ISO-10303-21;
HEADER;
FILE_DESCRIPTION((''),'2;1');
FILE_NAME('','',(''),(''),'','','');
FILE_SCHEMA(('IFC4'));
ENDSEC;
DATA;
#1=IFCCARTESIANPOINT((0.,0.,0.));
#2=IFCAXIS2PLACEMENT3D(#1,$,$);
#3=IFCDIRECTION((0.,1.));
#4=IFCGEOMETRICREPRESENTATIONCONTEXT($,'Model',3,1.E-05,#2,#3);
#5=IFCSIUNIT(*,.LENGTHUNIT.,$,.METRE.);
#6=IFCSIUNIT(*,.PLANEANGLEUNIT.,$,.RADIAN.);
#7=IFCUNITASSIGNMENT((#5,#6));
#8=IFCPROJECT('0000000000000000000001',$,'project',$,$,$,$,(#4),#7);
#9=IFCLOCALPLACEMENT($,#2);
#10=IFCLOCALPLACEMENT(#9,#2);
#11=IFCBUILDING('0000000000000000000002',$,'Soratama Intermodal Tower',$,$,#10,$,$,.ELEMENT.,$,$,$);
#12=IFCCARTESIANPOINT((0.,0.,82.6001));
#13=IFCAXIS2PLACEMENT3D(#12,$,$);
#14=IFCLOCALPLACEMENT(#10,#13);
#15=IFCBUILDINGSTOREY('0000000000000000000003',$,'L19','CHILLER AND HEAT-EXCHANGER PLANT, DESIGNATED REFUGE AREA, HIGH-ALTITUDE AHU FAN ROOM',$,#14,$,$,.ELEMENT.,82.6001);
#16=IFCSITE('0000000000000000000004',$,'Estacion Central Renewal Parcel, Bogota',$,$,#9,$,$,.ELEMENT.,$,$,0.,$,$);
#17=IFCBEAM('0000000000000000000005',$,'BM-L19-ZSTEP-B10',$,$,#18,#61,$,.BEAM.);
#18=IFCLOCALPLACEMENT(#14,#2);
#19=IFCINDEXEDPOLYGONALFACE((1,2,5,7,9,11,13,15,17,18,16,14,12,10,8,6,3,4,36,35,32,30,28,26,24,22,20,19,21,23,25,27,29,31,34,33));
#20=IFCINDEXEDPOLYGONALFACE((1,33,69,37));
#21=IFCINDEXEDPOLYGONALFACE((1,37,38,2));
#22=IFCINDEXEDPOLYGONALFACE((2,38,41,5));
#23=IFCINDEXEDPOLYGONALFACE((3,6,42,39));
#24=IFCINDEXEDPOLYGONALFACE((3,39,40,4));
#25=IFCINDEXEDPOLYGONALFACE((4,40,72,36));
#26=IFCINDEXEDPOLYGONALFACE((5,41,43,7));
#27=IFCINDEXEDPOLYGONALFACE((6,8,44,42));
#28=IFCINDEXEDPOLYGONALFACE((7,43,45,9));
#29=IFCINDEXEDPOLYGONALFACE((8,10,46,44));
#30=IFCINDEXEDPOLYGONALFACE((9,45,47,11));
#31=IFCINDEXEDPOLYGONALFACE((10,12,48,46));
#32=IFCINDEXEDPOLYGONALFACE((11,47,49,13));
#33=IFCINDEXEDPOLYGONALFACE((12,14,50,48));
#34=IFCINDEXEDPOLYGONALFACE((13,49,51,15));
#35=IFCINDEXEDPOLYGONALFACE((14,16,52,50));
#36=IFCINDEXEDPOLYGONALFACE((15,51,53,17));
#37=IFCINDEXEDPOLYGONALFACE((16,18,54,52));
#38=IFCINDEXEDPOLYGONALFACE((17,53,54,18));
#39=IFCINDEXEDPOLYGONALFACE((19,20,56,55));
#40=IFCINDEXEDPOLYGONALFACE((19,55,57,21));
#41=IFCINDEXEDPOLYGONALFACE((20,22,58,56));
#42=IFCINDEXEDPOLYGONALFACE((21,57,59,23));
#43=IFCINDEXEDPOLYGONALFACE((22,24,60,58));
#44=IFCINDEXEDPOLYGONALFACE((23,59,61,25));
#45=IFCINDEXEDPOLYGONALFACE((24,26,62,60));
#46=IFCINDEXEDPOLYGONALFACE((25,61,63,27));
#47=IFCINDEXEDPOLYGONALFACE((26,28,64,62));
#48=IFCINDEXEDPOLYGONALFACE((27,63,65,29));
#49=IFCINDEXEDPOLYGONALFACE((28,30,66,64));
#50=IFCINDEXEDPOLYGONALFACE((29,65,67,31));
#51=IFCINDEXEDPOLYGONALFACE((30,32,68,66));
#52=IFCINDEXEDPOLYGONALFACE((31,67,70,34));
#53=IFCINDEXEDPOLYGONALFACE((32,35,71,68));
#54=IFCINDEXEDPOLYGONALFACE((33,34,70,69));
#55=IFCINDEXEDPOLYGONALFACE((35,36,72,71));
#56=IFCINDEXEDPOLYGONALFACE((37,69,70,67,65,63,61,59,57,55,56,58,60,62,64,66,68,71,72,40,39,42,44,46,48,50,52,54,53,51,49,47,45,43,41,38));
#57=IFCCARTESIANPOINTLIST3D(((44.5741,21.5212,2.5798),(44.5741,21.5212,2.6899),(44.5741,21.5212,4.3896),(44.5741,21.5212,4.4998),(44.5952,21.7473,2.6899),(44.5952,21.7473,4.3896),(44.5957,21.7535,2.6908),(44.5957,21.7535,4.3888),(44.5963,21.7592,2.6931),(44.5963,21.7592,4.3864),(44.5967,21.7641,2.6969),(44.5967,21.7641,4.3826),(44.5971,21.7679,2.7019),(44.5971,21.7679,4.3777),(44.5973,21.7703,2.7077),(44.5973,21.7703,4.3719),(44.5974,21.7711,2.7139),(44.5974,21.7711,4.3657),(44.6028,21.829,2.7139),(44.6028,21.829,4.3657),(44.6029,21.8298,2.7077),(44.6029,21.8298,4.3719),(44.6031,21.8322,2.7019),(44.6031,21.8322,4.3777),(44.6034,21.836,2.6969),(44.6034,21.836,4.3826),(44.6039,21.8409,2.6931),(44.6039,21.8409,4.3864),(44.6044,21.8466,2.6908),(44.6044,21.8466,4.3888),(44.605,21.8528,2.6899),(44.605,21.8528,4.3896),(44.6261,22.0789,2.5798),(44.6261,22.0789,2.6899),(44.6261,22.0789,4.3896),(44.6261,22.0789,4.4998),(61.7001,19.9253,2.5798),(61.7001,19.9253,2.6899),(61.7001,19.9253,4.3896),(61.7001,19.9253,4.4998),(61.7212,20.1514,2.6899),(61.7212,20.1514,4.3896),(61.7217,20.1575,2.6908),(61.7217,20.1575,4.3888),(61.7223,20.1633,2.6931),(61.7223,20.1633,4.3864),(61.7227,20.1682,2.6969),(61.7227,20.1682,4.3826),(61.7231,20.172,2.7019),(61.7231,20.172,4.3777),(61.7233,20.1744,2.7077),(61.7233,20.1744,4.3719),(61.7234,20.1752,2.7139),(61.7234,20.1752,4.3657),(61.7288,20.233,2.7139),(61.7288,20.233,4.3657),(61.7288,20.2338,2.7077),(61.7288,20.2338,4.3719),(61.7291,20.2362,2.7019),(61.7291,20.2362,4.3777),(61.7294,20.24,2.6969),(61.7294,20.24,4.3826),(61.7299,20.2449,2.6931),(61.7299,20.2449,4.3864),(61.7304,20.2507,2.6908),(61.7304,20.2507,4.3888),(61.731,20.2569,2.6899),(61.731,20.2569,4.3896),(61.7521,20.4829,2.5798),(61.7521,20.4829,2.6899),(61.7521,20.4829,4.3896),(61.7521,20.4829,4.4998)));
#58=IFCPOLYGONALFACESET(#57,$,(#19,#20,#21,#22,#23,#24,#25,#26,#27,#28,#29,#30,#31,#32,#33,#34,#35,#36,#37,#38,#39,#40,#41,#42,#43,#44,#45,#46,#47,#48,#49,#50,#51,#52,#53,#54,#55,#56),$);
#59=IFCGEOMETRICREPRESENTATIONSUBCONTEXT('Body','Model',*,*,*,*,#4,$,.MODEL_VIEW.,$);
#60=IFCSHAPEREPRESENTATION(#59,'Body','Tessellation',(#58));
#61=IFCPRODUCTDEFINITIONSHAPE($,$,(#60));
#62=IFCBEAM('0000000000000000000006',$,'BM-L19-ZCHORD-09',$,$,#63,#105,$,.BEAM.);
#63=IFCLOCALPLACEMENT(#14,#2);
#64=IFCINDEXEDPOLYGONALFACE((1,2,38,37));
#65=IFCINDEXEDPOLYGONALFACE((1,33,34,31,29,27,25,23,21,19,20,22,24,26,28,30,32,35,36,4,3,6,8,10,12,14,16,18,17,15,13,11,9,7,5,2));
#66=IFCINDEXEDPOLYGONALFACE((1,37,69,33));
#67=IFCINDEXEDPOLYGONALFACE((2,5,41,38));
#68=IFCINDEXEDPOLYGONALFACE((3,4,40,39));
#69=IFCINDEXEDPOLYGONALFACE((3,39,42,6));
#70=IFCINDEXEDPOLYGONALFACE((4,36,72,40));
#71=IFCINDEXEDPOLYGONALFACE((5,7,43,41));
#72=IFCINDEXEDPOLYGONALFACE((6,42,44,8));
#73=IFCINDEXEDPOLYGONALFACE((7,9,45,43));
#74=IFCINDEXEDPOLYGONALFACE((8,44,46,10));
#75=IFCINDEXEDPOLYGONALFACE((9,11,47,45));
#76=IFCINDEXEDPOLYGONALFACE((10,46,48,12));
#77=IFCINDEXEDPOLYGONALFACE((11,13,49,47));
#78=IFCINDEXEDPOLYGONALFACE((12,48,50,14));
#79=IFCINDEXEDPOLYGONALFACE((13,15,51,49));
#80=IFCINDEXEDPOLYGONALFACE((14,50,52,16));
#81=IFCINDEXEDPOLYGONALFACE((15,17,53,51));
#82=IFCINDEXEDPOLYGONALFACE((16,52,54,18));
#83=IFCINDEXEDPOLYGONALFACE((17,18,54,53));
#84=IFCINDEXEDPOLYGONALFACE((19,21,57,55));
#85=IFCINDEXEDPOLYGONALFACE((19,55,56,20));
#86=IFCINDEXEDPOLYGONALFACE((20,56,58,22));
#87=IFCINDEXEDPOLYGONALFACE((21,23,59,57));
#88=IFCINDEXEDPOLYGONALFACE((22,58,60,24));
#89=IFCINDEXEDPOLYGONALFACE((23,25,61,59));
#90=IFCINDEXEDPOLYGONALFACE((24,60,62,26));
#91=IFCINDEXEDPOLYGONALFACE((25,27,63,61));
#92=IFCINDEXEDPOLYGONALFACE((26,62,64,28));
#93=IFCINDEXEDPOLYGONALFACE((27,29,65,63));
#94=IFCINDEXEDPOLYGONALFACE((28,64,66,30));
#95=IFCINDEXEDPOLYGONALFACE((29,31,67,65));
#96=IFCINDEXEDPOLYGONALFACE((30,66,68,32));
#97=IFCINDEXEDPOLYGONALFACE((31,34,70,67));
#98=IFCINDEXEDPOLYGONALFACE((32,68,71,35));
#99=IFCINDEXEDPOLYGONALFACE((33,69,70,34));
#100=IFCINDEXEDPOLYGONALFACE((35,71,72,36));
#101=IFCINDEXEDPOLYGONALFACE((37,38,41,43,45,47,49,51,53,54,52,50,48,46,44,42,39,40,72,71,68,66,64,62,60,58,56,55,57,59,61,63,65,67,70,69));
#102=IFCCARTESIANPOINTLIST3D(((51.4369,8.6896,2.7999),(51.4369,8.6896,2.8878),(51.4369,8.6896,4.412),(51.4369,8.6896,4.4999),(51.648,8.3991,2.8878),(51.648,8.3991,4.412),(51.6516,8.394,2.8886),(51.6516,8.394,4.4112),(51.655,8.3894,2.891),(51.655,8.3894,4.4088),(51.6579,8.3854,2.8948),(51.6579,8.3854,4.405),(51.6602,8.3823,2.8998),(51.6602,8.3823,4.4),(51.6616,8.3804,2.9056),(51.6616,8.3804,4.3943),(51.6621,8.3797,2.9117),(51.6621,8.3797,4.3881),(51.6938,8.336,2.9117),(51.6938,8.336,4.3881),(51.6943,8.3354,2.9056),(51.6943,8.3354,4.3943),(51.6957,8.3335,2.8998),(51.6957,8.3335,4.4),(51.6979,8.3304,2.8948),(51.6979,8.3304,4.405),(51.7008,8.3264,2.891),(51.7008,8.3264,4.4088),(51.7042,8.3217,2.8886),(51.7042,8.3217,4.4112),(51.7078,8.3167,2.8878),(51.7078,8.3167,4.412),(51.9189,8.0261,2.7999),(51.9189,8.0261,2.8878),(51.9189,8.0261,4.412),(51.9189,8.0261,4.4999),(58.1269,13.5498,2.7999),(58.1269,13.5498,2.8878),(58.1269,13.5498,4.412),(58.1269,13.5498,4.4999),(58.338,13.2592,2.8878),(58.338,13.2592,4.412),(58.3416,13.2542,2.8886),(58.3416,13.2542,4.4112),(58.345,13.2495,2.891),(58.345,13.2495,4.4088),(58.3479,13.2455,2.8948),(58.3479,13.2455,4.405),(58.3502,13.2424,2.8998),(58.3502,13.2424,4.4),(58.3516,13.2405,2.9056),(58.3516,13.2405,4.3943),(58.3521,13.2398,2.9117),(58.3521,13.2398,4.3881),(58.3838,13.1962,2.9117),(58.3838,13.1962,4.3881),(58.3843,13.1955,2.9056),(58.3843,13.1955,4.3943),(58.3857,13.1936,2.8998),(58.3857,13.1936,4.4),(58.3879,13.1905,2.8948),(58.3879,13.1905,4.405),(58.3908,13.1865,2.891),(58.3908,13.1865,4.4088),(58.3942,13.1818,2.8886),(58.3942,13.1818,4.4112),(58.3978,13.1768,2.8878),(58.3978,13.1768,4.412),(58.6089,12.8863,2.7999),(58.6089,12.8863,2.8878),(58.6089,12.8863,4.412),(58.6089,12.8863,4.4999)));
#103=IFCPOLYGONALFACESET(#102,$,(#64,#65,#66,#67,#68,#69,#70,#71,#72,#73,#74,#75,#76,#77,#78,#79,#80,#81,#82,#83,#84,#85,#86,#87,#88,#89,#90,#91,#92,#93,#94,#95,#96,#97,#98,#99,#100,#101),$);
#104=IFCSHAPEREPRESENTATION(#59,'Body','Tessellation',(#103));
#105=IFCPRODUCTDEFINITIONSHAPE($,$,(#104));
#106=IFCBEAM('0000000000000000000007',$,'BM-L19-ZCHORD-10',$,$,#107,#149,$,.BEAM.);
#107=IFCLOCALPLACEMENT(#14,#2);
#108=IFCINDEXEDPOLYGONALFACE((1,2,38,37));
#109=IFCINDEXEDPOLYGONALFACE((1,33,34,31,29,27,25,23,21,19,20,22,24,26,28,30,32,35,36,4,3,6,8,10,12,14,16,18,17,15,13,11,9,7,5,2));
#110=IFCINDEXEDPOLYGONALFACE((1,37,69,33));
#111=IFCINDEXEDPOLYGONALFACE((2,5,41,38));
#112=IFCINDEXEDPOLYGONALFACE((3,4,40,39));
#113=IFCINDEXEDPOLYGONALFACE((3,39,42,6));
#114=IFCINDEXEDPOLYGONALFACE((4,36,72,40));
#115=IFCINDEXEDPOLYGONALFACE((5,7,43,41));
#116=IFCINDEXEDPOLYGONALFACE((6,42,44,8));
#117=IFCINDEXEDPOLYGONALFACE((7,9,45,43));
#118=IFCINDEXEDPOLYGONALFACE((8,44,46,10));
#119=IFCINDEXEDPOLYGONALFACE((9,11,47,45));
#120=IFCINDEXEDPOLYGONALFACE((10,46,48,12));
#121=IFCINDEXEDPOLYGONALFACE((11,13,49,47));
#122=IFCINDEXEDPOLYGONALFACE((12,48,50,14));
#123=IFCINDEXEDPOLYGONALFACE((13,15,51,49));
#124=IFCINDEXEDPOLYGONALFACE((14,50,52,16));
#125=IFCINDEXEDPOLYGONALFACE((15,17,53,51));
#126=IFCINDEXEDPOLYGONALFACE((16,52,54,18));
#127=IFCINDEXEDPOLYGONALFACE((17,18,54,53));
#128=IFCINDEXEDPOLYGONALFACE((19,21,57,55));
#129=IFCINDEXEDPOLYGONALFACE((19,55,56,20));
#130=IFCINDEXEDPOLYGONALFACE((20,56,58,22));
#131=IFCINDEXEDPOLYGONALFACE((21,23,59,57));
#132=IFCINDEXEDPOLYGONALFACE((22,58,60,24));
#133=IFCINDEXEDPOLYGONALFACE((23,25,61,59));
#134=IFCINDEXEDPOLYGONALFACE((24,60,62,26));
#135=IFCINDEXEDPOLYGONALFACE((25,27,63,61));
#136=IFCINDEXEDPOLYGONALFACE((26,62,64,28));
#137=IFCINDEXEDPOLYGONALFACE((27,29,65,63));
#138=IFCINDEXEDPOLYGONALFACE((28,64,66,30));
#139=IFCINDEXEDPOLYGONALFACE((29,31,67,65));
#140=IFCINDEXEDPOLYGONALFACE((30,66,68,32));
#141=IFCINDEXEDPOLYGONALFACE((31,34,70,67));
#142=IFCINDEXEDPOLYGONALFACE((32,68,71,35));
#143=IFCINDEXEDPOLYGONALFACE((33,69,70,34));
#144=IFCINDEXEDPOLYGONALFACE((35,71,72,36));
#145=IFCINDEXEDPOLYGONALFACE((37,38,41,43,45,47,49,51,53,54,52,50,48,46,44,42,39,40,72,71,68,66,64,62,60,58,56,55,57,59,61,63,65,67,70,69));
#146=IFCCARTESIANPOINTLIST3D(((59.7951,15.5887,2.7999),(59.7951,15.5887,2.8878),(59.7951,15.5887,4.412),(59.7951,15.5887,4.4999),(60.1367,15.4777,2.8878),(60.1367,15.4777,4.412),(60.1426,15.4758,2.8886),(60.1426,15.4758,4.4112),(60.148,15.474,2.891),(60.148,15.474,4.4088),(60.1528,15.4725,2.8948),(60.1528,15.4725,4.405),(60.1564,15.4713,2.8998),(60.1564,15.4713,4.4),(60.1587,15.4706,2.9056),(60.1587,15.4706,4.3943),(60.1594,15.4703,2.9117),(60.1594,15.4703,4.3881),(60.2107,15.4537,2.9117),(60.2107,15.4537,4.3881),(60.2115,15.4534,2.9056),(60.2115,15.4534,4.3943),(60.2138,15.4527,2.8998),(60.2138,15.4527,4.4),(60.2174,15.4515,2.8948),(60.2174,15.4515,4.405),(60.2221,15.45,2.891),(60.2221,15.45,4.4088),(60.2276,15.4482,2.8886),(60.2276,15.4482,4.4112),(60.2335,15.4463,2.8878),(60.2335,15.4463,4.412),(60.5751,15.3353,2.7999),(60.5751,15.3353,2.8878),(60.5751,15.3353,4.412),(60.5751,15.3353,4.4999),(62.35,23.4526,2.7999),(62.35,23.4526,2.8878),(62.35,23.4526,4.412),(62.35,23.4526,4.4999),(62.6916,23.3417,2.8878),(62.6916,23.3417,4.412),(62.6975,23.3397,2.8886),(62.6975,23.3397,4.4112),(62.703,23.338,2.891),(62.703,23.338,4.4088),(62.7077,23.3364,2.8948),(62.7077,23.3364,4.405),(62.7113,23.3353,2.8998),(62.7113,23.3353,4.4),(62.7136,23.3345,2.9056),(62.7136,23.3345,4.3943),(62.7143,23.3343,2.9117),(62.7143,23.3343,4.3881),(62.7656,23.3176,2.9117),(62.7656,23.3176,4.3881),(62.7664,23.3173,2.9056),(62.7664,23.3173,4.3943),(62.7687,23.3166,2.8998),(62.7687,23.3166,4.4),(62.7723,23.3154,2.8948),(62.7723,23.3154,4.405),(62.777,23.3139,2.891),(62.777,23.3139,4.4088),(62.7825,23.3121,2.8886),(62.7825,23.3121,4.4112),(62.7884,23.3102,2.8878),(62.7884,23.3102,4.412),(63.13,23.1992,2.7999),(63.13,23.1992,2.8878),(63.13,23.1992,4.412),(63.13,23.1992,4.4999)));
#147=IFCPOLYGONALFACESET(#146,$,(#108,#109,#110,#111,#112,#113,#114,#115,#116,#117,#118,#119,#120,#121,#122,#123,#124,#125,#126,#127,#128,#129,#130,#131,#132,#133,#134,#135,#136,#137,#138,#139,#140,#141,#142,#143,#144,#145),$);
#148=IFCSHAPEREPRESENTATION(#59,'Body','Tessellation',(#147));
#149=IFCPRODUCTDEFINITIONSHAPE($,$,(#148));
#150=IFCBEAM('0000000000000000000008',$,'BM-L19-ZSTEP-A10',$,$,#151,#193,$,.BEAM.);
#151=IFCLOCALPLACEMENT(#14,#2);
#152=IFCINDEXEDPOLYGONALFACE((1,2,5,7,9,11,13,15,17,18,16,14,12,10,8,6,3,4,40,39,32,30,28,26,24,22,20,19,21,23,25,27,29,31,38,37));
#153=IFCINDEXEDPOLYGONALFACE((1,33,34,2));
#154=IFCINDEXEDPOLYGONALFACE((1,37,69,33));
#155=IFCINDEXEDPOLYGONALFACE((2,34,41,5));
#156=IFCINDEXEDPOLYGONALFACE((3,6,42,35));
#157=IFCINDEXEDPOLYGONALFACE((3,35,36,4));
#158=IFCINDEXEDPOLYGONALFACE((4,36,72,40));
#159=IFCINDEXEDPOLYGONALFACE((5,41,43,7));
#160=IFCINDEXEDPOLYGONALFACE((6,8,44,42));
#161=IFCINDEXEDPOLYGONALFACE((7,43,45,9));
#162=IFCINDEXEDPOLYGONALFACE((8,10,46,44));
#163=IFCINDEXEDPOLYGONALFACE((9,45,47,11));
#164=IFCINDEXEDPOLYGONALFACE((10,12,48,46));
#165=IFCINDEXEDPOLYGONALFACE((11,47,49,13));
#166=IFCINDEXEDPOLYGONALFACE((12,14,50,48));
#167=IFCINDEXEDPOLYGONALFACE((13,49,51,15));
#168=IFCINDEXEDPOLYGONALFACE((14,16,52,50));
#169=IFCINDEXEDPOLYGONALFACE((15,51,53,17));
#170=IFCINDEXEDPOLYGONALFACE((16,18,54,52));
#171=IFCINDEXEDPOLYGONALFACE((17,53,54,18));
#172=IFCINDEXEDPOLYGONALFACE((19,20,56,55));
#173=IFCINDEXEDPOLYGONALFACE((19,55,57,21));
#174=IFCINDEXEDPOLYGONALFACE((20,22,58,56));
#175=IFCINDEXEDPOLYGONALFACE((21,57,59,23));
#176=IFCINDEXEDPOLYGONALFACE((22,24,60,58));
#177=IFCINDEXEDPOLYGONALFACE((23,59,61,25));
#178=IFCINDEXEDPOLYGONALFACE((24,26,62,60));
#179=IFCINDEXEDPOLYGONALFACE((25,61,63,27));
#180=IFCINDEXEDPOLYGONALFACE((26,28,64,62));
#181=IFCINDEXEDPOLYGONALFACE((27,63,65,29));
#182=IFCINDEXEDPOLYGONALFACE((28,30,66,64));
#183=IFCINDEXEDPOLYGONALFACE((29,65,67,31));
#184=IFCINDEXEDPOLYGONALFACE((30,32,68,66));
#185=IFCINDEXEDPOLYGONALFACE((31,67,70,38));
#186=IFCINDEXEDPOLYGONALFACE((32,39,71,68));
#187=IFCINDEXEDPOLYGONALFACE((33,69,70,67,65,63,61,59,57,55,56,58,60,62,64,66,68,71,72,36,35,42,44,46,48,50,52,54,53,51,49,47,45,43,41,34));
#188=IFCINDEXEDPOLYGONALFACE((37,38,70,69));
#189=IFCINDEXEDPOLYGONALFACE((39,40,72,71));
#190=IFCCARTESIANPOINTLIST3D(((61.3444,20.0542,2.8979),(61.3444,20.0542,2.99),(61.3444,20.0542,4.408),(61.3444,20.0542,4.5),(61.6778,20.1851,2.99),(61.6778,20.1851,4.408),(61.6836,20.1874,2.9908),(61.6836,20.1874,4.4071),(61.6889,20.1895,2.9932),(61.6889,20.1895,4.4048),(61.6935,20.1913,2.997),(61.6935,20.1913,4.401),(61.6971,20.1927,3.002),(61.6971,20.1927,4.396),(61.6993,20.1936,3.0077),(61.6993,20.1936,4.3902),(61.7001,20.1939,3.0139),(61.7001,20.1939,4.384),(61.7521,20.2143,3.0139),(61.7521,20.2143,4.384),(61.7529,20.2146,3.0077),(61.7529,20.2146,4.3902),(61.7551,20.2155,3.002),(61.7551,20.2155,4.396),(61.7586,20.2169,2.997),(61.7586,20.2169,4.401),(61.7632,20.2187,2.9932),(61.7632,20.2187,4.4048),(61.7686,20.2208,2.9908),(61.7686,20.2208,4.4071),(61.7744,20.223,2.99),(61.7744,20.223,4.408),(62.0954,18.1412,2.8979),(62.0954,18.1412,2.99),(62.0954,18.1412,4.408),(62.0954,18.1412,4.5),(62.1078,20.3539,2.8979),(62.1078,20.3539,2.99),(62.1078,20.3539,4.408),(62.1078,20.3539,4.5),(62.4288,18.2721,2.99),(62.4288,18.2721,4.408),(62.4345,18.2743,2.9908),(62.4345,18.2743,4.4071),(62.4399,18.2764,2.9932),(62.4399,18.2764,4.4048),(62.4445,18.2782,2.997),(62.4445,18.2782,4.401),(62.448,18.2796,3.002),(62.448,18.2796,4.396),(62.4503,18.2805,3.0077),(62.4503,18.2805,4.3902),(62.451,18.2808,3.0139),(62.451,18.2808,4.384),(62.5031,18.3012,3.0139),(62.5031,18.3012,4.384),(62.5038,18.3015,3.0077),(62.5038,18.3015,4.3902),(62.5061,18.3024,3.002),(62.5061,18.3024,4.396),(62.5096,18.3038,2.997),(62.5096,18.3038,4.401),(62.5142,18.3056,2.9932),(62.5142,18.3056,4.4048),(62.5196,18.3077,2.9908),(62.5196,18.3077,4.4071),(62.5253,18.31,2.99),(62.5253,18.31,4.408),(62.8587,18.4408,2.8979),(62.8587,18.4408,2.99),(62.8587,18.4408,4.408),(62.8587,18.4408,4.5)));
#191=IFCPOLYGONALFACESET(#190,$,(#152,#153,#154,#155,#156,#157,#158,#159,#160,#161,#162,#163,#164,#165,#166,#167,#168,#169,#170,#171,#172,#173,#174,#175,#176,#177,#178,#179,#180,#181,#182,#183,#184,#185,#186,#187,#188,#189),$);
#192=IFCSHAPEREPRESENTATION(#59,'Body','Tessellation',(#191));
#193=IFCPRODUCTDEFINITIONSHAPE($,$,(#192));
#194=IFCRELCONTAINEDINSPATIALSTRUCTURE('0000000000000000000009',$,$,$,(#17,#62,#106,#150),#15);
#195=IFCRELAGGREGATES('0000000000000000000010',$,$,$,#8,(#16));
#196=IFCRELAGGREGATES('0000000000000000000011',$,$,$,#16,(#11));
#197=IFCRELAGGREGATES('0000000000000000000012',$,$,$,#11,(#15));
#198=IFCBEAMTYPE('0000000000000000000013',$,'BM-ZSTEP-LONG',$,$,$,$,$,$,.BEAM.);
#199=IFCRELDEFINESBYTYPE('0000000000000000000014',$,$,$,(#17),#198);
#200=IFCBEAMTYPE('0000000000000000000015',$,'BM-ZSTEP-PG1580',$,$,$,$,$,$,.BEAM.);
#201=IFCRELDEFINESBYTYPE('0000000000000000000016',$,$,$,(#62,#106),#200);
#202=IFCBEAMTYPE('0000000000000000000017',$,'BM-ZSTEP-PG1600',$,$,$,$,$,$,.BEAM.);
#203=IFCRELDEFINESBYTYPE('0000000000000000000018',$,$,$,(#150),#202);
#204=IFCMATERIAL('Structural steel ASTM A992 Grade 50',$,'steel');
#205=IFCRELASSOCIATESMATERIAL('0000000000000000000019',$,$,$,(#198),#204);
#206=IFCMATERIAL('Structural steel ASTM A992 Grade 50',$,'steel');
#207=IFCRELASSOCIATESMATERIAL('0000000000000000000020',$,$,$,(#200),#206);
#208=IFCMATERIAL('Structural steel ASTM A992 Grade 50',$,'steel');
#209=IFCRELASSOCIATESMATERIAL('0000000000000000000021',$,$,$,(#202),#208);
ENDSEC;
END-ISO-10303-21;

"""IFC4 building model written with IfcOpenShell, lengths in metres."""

from ifc_helpers import new_model, si_unit, direction, frame, origin, origin_2d, place, context, subcontext, project, spatial, i_section, extrude, material, material_profile, profile_set, type_object, element, save


model = new_model("IFC4")

# Units and contexts
model_context = context("Model", 3, precision=1e-05, world=origin(), true_north=direction((0.0, 1.0)))
body_context = subcontext(model_context, "Body", "Model", "MODEL_VIEW")
ifc_project = project(units=[si_unit("LENGTHUNIT", "METRE"), si_unit("PLANEANGLEUNIT", "RADIAN")], contexts=[model_context])

# Site, building, storey
site_placement = place(None, origin())
site = spatial("IfcSite", under=ifc_project, at=site_placement, Name="Estacion Central Renewal Parcel, Bogota", CompositionType="ELEMENT", RefElevation=0.0)
building_placement = place(site_placement, origin())
building = spatial("IfcBuilding", under=site, at=building_placement, Name="Soratama Intermodal Tower", CompositionType="ELEMENT")
storey_placement = place(building_placement, frame((0.0, 0.0, 82.6001)))
storey = spatial("IfcBuildingStorey", under=building, at=storey_placement, Name="L19", Description="CHILLER AND HEAT-EXCHANGER PLANT, DESIGNATED REFUGE AREA, HIGH-ALTITUDE AHU FAN ROOM", CompositionType="ELEMENT", Elevation=82.6001)

# Beams
ifc_material_1 = material(Name="Structural steel ASTM A992 Grade 50", Category="steel")
ifc_material_profile_1 = material_profile(ifc_material_1, i_section(OverallWidth=0.5601, OverallDepth=1.9199, WebThickness=0.0581, FlangeThickness=0.1101, FilletRadius=0.0239, at=origin_2d()), Name="PG2150X720")
ifc_profile_set_1 = profile_set([ifc_material_profile_1], Name="Structural steel ASTM A992 Grade 50")
beam_type_1 = type_object("IfcBeamType", Name="BM-ZSTEP-LONG", PredefinedType="BEAM", material=ifc_profile_set_1)
beam_1_placement = place(storey_placement, frame((61.7261, 20.2041, 3.5398), z_axis=(-0.995686, 0.092787, 0.0), x_axis=(-0.092787, -0.995686, 0.0)))
element("IfcBeam", 1, at=beam_1_placement, inside=storey, type_object=beam_type_1, Name="BM-L19-ZSTEP-B10", PredefinedType="BEAM", context=body_context, shape_type="SweptSolid", body=[
    extrude(i_section(OverallWidth=0.5601, OverallDepth=1.9199, WebThickness=0.0581, FlangeThickness=0.1101, FilletRadius=0.0239, at=origin_2d()), origin(), (0.0, 0.0, 1.0), 17.2002),
])
ifc_material_2 = material(Name="Structural steel ASTM A992 Grade 50", Category="steel")
ifc_material_profile_2 = material_profile(ifc_material_2, i_section(OverallWidth=0.8201, OverallDepth=1.7, WebThickness=0.054, FlangeThickness=0.0879, FilletRadius=0.0239, at=origin_2d()), Name="PG1580X800")
ifc_profile_set_2 = profile_set([ifc_material_profile_2], Name="Structural steel ASTM A992 Grade 50")
beam_type_2 = type_object("IfcBeamType", Name="BM-ZSTEP-PG1580", PredefinedType="BEAM", material=ifc_profile_set_2)
beam_2_placement = place(storey_placement, frame((58.3679, 13.218, 3.6499), z_axis=(-0.809041, -0.587752, 0.0), x_axis=(0.587752, -0.809041, 0.0)))
element("IfcBeam", 2, at=beam_2_placement, inside=storey, type_object=beam_type_2, Name="BM-L19-ZCHORD-09", PredefinedType="BEAM", context=body_context, shape_type="SweptSolid", body=[
    extrude(i_section(OverallWidth=0.8201, OverallDepth=1.7, WebThickness=0.054, FlangeThickness=0.0879, FilletRadius=0.0239, at=origin_2d()), origin(), (0.0, 0.0, 1.0), 8.269),
])
beam_3_placement = place(storey_placement, frame((62.74, 23.3259, 3.6499), z_axis=(-0.308991, -0.951065, 0.0), x_axis=(0.951065, -0.308991, 0.0)))
element("IfcBeam", 3, at=beam_3_placement, inside=storey, type_object=beam_type_2, Name="BM-L19-ZCHORD-10", PredefinedType="BEAM", context=body_context, shape_type="SweptSolid", body=[
    extrude(i_section(OverallWidth=0.8201, OverallDepth=1.7, WebThickness=0.054, FlangeThickness=0.0879, FilletRadius=0.0239, at=origin_2d()), origin(), (0.0, 0.0, 1.0), 8.2686),
])
ifc_material_3 = material(Name="Structural steel ASTM A992 Grade 50", Category="steel")
ifc_material_profile_3 = material_profile(ifc_material_3, i_section(OverallWidth=0.8201, OverallDepth=1.6021, WebThickness=0.0559, FlangeThickness=0.092, FilletRadius=0.0239, at=origin_2d()), Name="PG1600X650")
ifc_profile_set_3 = profile_set([ifc_material_profile_3], Name="Structural steel ASTM A992 Grade 50")
beam_type_3 = type_object("IfcBeamType", Name="BM-ZSTEP-PG1600", PredefinedType="BEAM", material=ifc_profile_set_3)
beam_4_placement = place(storey_placement, frame((62.4771, 18.291, 3.699), z_axis=(-0.365402, 0.93085, 0.0), x_axis=(-0.93085, -0.365402, 0.0)))
element("IfcBeam", 4, at=beam_4_placement, inside=storey, type_object=beam_type_3, Name="BM-L19-ZSTEP-A10", PredefinedType="BEAM", context=body_context, shape_type="SweptSolid", body=[
    extrude(i_section(OverallWidth=0.8201, OverallDepth=1.6021, WebThickness=0.0559, FlangeThickness=0.092, FilletRadius=0.0239, at=origin_2d()), origin(), (0.0, 0.0, 1.0), 2.0552),
])

save(model, "model.ifc")
